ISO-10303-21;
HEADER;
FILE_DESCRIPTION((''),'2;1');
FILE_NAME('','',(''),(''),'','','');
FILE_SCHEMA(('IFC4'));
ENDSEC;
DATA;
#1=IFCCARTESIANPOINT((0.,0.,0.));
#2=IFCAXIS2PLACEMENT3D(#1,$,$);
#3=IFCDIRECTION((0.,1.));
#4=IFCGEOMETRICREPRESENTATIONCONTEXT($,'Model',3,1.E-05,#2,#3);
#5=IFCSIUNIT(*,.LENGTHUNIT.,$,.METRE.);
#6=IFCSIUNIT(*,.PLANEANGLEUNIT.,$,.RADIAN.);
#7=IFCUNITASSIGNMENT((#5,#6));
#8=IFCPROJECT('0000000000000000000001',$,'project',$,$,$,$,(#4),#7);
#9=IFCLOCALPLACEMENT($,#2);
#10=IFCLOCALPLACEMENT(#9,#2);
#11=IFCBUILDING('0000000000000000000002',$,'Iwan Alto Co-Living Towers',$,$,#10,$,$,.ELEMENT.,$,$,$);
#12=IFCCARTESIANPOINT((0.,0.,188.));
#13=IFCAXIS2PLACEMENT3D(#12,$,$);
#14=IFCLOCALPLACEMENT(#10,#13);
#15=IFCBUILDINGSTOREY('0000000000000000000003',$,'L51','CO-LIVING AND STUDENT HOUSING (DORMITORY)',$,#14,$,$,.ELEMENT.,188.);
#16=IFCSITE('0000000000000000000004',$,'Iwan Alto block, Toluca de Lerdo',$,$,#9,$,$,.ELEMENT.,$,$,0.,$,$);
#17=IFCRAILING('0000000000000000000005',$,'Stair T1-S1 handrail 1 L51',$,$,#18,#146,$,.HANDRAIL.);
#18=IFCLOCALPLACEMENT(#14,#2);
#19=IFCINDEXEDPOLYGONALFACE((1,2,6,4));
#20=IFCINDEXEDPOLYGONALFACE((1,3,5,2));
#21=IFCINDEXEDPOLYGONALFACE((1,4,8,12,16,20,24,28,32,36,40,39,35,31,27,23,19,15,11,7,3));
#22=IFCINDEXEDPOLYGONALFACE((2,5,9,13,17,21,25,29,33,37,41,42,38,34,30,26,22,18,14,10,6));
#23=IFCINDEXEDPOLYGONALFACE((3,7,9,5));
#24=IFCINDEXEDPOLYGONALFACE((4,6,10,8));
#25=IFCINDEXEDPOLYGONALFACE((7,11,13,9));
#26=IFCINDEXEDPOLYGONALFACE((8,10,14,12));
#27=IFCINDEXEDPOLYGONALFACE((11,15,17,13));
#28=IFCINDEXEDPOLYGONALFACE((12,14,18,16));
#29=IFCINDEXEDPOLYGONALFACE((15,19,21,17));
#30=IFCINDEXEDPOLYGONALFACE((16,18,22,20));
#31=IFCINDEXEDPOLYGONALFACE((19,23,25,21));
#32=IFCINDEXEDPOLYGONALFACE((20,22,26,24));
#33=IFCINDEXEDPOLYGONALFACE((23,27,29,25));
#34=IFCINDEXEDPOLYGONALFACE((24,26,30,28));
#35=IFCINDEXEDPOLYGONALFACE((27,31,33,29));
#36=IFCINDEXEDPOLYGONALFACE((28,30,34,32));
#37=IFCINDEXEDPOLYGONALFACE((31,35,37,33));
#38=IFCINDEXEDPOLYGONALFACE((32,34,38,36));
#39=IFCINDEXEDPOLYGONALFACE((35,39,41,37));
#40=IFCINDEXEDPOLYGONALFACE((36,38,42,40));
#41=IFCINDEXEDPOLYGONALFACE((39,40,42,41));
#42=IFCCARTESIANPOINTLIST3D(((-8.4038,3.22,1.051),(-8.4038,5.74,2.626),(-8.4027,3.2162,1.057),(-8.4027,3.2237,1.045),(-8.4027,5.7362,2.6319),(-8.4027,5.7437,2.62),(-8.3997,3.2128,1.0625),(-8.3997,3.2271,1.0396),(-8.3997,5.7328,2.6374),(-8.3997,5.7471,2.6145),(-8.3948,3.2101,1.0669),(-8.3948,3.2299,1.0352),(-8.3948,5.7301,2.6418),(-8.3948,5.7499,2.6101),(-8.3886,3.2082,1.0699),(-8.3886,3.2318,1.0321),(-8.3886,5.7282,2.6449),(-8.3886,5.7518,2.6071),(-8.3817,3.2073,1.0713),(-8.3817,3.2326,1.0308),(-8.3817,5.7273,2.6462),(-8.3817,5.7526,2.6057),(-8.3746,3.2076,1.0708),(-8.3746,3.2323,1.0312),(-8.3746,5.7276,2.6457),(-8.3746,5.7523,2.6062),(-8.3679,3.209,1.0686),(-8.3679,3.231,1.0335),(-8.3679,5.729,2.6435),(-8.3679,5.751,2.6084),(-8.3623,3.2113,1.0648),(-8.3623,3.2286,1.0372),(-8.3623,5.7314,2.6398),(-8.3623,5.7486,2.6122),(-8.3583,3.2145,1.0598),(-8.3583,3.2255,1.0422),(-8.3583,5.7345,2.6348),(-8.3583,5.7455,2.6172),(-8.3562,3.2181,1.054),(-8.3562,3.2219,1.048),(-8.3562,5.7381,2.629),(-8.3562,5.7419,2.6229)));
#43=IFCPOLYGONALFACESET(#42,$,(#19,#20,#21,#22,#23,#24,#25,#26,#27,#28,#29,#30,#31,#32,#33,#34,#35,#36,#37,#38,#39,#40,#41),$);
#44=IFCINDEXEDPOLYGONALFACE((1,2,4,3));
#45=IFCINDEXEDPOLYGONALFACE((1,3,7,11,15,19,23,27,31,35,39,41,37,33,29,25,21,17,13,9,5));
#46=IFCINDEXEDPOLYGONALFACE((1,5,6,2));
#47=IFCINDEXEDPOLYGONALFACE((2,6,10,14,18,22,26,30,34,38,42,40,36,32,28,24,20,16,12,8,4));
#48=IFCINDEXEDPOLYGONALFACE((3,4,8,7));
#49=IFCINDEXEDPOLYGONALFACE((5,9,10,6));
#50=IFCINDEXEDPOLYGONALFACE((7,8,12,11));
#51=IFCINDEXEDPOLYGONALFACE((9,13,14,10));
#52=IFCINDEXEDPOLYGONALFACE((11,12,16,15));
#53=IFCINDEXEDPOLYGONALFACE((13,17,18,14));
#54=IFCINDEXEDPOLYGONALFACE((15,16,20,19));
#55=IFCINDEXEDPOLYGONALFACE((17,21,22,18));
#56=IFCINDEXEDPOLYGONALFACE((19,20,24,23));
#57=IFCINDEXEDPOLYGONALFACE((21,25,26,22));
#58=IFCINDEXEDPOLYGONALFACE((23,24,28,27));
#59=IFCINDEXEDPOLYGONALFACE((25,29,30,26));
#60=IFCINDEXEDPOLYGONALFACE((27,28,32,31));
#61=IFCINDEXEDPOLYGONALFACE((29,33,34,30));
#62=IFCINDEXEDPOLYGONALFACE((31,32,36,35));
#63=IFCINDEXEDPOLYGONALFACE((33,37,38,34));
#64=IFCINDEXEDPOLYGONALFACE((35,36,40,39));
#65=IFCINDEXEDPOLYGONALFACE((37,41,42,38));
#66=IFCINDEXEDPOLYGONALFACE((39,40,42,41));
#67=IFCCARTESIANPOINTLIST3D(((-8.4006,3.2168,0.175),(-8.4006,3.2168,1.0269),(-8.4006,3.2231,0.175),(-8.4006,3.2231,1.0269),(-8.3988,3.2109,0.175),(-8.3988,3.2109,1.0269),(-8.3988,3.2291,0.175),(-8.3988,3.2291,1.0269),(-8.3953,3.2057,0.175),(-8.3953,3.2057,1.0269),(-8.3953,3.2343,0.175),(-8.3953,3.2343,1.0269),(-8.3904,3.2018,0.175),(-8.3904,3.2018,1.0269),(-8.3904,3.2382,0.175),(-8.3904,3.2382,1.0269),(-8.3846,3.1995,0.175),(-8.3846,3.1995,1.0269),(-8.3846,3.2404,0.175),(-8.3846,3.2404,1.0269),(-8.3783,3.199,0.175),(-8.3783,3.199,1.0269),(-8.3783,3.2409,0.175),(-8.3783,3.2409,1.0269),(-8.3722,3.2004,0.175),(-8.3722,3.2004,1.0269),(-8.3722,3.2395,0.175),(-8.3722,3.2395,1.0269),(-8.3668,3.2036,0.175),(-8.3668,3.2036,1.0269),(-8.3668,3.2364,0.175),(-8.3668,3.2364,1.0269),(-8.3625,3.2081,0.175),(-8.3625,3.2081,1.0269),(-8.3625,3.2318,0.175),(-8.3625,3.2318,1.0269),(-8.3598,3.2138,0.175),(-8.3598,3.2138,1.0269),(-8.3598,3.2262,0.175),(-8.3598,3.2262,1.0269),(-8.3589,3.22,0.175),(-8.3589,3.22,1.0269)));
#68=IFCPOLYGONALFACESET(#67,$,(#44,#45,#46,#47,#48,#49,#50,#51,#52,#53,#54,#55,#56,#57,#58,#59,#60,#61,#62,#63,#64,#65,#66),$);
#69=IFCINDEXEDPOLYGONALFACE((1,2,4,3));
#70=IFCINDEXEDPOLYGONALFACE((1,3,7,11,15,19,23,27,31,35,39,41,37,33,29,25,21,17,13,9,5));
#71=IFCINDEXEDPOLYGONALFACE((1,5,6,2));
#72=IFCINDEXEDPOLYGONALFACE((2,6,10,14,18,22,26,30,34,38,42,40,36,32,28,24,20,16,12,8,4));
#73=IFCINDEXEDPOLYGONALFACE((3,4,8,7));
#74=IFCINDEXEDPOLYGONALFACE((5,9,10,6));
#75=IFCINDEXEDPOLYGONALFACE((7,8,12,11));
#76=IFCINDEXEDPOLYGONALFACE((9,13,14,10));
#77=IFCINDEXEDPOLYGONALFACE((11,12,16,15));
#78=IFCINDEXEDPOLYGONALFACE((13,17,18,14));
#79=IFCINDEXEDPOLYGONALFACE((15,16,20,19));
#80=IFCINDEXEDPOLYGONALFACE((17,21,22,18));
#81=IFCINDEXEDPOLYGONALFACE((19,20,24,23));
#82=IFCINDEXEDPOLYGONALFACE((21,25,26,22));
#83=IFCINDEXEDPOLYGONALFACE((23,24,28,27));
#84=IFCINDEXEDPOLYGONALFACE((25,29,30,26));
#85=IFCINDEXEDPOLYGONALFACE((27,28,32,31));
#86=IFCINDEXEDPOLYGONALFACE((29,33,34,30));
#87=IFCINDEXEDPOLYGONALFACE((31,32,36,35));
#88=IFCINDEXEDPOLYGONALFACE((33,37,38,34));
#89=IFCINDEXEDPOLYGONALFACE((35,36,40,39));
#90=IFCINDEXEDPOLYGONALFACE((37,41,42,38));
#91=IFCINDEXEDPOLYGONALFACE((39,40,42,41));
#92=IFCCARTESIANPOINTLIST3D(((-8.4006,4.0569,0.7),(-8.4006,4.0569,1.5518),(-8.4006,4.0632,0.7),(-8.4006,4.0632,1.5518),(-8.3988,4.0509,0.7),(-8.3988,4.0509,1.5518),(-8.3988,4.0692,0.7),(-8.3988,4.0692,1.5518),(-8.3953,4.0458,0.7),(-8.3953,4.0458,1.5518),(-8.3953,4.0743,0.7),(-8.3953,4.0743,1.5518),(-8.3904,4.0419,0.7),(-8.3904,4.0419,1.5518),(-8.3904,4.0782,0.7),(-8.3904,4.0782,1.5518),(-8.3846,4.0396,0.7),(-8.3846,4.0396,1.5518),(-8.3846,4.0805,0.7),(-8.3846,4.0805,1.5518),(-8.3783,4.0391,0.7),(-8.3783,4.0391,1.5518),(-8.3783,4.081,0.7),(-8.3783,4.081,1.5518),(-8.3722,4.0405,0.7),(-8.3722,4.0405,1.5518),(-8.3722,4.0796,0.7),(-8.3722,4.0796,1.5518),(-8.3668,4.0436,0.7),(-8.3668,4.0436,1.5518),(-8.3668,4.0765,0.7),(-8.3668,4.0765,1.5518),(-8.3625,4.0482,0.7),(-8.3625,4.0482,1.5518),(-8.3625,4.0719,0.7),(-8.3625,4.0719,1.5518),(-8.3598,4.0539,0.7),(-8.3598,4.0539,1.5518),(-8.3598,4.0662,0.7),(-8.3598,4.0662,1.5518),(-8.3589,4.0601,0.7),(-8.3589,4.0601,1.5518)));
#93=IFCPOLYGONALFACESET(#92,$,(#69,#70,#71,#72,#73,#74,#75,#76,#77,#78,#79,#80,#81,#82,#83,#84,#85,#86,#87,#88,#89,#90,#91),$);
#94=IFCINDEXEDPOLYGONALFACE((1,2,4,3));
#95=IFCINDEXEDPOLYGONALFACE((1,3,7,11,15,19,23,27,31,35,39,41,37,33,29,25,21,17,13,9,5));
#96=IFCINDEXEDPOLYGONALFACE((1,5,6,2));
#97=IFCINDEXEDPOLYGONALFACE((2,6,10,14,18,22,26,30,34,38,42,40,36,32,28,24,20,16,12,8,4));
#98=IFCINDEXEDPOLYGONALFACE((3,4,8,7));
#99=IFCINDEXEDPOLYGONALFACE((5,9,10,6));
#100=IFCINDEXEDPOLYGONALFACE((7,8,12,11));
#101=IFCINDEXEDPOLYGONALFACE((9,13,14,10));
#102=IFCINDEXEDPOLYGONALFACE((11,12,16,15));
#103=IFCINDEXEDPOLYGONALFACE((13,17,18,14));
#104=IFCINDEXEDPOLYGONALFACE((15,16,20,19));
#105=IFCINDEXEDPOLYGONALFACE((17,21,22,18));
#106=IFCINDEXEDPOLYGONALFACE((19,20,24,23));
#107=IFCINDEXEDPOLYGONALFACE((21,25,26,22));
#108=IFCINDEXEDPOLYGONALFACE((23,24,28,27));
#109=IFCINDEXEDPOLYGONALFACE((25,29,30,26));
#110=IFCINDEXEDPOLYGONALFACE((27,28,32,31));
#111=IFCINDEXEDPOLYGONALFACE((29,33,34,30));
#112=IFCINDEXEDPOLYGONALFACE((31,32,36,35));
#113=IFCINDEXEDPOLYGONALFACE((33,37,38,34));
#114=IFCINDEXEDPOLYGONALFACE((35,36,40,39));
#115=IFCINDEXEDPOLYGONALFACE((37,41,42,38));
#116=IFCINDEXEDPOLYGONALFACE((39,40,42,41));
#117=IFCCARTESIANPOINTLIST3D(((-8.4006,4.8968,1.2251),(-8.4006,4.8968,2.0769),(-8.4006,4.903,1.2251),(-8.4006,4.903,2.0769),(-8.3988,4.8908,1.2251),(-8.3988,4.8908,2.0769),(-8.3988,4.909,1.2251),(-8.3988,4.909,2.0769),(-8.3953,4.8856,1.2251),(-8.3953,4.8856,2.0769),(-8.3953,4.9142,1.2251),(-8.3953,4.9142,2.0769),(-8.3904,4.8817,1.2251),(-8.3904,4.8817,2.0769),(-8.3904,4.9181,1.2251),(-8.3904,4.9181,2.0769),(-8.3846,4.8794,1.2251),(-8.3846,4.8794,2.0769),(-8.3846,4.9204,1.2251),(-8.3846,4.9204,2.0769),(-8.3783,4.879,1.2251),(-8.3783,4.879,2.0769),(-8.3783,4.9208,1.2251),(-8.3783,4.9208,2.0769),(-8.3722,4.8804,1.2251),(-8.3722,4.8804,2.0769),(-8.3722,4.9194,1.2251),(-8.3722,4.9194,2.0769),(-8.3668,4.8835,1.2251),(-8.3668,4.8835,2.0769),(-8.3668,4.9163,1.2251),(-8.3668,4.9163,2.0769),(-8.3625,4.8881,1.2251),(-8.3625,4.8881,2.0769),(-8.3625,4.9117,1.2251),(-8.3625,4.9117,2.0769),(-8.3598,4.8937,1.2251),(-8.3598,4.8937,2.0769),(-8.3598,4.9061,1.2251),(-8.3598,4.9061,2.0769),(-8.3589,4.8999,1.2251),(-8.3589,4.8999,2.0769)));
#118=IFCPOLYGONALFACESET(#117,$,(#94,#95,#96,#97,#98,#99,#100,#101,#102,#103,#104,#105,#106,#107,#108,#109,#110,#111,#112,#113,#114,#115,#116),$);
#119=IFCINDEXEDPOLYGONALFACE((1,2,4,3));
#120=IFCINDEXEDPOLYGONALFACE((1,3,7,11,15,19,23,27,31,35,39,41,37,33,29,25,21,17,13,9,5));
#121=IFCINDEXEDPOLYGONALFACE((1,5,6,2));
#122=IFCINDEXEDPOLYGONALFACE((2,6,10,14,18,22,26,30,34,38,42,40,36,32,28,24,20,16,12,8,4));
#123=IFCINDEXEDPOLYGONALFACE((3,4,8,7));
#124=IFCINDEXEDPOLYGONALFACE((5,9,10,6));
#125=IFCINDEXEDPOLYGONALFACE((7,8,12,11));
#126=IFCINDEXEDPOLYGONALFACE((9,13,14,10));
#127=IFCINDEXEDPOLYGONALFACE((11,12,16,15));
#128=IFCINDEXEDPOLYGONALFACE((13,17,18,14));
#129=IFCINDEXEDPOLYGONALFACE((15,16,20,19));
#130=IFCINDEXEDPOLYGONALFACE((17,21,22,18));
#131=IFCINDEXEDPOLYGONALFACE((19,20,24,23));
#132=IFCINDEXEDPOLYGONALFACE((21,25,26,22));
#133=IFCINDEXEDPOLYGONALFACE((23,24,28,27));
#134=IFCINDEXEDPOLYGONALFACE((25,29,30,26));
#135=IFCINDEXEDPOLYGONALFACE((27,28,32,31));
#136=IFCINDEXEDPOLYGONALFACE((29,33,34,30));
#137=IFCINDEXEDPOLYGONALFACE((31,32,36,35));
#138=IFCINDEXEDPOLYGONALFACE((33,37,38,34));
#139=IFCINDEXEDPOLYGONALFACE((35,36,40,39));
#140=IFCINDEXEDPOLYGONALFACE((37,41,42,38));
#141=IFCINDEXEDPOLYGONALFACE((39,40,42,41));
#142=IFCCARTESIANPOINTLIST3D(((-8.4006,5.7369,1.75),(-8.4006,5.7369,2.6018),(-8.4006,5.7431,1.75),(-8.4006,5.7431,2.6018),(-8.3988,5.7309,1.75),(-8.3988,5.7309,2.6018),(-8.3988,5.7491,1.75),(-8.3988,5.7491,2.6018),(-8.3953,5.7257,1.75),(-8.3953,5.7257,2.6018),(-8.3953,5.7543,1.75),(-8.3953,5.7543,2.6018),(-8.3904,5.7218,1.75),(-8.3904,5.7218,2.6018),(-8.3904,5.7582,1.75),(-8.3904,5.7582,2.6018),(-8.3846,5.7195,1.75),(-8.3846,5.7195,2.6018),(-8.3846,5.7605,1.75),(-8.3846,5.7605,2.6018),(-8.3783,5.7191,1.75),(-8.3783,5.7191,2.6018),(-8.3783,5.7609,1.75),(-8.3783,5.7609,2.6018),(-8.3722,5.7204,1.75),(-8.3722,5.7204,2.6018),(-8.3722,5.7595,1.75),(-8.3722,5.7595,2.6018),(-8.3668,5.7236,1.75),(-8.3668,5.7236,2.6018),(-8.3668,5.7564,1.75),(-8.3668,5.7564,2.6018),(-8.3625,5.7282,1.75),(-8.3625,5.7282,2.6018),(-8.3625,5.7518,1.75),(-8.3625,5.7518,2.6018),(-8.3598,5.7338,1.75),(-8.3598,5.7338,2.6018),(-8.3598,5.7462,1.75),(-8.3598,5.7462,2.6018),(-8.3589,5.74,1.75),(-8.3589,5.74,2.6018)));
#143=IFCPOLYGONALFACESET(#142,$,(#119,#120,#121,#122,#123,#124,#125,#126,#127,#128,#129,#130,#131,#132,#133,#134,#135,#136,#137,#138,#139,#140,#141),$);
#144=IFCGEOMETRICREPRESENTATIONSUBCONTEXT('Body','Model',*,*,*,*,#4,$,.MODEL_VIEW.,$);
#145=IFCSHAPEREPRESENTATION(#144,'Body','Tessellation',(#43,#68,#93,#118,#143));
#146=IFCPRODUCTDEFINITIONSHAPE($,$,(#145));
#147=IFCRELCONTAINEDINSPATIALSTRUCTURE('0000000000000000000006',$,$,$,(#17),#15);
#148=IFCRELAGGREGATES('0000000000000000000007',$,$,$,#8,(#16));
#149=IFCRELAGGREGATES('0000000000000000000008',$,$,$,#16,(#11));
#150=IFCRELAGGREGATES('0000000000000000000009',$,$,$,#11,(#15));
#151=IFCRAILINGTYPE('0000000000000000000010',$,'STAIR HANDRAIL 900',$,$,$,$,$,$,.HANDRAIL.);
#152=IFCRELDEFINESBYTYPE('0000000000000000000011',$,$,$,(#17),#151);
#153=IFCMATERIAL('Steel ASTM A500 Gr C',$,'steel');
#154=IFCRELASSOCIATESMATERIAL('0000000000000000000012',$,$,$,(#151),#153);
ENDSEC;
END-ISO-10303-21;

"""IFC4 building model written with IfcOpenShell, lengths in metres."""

from ifc_helpers import new_model, si_unit, direction, frame, origin, origin_2d, place, context, subcontext, project, spatial, circle, extrude, material, type_object, element, save


model = new_model("IFC4")

# Units and contexts
model_context = context("Model", 3, precision=1e-05, world=origin(), true_north=direction((0.0, 1.0)))
body_context = subcontext(model_context, "Body", "Model", "MODEL_VIEW")
ifc_project = project(units=[si_unit("LENGTHUNIT", "METRE"), si_unit("PLANEANGLEUNIT", "RADIAN")], contexts=[model_context])

# Site, building, storey
site_placement = place(None, origin())
site = spatial("IfcSite", under=ifc_project, at=site_placement, Name="Iwan Alto block, Toluca de Lerdo", CompositionType="ELEMENT", RefElevation=0.0)
building_placement = place(site_placement, origin())
building = spatial("IfcBuilding", under=site, at=building_placement, Name="Iwan Alto Co-Living Towers", CompositionType="ELEMENT")
storey_placement = place(building_placement, frame((0.0, 0.0, 188.0)))
storey = spatial("IfcBuildingStorey", under=building, at=storey_placement, Name="L51", Description="CO-LIVING AND STUDENT HOUSING (DORMITORY)", CompositionType="ELEMENT", Elevation=188.0)

# Railing
ifc_material_1 = material(Name="Steel ASTM A500 Gr C", Category="steel")
railing_type_1 = type_object("IfcRailingType", Name="STAIR HANDRAIL 900", PredefinedType="HANDRAIL", material=ifc_material_1)
railing_1_placement = place(storey_placement, frame((-8.3799, 3.22, 0.175)))
element("IfcRailing", 1, at=railing_1_placement, inside=storey, type_object=railing_type_1, Name="Stair T1-S1 handrail 1 L51", PredefinedType="HANDRAIL", context=body_context, shape_type="SweptSolid", body=[
    extrude(circle(Radius=0.0239, at=origin_2d()), frame((0.0, 0.0, 0.876), z_axis=(0.0, 0.848008, 0.529984), x_axis=(-1.0, 0.0, 0.0)), (0.0, 0.0, 1.0), 2.9717),
    extrude(circle(Radius=0.021, at=origin_2d()), origin(), (0.0, 0.0, 1.0), 0.8518),
    extrude(circle(Radius=0.021, at=origin_2d()), frame((0.0, 0.8401, 0.5249)), (0.0, 0.0, 1.0), 0.8518),
    extrude(circle(Radius=0.021, at=origin_2d()), frame((0.0, 1.6799, 1.05)), (0.0, 0.0, 1.0), 0.8518),
    extrude(circle(Radius=0.021, at=origin_2d()), frame((0.0, 2.52, 1.575)), (0.0, 0.0, 1.0), 0.8518),
])

save(model, "model.ifc")
